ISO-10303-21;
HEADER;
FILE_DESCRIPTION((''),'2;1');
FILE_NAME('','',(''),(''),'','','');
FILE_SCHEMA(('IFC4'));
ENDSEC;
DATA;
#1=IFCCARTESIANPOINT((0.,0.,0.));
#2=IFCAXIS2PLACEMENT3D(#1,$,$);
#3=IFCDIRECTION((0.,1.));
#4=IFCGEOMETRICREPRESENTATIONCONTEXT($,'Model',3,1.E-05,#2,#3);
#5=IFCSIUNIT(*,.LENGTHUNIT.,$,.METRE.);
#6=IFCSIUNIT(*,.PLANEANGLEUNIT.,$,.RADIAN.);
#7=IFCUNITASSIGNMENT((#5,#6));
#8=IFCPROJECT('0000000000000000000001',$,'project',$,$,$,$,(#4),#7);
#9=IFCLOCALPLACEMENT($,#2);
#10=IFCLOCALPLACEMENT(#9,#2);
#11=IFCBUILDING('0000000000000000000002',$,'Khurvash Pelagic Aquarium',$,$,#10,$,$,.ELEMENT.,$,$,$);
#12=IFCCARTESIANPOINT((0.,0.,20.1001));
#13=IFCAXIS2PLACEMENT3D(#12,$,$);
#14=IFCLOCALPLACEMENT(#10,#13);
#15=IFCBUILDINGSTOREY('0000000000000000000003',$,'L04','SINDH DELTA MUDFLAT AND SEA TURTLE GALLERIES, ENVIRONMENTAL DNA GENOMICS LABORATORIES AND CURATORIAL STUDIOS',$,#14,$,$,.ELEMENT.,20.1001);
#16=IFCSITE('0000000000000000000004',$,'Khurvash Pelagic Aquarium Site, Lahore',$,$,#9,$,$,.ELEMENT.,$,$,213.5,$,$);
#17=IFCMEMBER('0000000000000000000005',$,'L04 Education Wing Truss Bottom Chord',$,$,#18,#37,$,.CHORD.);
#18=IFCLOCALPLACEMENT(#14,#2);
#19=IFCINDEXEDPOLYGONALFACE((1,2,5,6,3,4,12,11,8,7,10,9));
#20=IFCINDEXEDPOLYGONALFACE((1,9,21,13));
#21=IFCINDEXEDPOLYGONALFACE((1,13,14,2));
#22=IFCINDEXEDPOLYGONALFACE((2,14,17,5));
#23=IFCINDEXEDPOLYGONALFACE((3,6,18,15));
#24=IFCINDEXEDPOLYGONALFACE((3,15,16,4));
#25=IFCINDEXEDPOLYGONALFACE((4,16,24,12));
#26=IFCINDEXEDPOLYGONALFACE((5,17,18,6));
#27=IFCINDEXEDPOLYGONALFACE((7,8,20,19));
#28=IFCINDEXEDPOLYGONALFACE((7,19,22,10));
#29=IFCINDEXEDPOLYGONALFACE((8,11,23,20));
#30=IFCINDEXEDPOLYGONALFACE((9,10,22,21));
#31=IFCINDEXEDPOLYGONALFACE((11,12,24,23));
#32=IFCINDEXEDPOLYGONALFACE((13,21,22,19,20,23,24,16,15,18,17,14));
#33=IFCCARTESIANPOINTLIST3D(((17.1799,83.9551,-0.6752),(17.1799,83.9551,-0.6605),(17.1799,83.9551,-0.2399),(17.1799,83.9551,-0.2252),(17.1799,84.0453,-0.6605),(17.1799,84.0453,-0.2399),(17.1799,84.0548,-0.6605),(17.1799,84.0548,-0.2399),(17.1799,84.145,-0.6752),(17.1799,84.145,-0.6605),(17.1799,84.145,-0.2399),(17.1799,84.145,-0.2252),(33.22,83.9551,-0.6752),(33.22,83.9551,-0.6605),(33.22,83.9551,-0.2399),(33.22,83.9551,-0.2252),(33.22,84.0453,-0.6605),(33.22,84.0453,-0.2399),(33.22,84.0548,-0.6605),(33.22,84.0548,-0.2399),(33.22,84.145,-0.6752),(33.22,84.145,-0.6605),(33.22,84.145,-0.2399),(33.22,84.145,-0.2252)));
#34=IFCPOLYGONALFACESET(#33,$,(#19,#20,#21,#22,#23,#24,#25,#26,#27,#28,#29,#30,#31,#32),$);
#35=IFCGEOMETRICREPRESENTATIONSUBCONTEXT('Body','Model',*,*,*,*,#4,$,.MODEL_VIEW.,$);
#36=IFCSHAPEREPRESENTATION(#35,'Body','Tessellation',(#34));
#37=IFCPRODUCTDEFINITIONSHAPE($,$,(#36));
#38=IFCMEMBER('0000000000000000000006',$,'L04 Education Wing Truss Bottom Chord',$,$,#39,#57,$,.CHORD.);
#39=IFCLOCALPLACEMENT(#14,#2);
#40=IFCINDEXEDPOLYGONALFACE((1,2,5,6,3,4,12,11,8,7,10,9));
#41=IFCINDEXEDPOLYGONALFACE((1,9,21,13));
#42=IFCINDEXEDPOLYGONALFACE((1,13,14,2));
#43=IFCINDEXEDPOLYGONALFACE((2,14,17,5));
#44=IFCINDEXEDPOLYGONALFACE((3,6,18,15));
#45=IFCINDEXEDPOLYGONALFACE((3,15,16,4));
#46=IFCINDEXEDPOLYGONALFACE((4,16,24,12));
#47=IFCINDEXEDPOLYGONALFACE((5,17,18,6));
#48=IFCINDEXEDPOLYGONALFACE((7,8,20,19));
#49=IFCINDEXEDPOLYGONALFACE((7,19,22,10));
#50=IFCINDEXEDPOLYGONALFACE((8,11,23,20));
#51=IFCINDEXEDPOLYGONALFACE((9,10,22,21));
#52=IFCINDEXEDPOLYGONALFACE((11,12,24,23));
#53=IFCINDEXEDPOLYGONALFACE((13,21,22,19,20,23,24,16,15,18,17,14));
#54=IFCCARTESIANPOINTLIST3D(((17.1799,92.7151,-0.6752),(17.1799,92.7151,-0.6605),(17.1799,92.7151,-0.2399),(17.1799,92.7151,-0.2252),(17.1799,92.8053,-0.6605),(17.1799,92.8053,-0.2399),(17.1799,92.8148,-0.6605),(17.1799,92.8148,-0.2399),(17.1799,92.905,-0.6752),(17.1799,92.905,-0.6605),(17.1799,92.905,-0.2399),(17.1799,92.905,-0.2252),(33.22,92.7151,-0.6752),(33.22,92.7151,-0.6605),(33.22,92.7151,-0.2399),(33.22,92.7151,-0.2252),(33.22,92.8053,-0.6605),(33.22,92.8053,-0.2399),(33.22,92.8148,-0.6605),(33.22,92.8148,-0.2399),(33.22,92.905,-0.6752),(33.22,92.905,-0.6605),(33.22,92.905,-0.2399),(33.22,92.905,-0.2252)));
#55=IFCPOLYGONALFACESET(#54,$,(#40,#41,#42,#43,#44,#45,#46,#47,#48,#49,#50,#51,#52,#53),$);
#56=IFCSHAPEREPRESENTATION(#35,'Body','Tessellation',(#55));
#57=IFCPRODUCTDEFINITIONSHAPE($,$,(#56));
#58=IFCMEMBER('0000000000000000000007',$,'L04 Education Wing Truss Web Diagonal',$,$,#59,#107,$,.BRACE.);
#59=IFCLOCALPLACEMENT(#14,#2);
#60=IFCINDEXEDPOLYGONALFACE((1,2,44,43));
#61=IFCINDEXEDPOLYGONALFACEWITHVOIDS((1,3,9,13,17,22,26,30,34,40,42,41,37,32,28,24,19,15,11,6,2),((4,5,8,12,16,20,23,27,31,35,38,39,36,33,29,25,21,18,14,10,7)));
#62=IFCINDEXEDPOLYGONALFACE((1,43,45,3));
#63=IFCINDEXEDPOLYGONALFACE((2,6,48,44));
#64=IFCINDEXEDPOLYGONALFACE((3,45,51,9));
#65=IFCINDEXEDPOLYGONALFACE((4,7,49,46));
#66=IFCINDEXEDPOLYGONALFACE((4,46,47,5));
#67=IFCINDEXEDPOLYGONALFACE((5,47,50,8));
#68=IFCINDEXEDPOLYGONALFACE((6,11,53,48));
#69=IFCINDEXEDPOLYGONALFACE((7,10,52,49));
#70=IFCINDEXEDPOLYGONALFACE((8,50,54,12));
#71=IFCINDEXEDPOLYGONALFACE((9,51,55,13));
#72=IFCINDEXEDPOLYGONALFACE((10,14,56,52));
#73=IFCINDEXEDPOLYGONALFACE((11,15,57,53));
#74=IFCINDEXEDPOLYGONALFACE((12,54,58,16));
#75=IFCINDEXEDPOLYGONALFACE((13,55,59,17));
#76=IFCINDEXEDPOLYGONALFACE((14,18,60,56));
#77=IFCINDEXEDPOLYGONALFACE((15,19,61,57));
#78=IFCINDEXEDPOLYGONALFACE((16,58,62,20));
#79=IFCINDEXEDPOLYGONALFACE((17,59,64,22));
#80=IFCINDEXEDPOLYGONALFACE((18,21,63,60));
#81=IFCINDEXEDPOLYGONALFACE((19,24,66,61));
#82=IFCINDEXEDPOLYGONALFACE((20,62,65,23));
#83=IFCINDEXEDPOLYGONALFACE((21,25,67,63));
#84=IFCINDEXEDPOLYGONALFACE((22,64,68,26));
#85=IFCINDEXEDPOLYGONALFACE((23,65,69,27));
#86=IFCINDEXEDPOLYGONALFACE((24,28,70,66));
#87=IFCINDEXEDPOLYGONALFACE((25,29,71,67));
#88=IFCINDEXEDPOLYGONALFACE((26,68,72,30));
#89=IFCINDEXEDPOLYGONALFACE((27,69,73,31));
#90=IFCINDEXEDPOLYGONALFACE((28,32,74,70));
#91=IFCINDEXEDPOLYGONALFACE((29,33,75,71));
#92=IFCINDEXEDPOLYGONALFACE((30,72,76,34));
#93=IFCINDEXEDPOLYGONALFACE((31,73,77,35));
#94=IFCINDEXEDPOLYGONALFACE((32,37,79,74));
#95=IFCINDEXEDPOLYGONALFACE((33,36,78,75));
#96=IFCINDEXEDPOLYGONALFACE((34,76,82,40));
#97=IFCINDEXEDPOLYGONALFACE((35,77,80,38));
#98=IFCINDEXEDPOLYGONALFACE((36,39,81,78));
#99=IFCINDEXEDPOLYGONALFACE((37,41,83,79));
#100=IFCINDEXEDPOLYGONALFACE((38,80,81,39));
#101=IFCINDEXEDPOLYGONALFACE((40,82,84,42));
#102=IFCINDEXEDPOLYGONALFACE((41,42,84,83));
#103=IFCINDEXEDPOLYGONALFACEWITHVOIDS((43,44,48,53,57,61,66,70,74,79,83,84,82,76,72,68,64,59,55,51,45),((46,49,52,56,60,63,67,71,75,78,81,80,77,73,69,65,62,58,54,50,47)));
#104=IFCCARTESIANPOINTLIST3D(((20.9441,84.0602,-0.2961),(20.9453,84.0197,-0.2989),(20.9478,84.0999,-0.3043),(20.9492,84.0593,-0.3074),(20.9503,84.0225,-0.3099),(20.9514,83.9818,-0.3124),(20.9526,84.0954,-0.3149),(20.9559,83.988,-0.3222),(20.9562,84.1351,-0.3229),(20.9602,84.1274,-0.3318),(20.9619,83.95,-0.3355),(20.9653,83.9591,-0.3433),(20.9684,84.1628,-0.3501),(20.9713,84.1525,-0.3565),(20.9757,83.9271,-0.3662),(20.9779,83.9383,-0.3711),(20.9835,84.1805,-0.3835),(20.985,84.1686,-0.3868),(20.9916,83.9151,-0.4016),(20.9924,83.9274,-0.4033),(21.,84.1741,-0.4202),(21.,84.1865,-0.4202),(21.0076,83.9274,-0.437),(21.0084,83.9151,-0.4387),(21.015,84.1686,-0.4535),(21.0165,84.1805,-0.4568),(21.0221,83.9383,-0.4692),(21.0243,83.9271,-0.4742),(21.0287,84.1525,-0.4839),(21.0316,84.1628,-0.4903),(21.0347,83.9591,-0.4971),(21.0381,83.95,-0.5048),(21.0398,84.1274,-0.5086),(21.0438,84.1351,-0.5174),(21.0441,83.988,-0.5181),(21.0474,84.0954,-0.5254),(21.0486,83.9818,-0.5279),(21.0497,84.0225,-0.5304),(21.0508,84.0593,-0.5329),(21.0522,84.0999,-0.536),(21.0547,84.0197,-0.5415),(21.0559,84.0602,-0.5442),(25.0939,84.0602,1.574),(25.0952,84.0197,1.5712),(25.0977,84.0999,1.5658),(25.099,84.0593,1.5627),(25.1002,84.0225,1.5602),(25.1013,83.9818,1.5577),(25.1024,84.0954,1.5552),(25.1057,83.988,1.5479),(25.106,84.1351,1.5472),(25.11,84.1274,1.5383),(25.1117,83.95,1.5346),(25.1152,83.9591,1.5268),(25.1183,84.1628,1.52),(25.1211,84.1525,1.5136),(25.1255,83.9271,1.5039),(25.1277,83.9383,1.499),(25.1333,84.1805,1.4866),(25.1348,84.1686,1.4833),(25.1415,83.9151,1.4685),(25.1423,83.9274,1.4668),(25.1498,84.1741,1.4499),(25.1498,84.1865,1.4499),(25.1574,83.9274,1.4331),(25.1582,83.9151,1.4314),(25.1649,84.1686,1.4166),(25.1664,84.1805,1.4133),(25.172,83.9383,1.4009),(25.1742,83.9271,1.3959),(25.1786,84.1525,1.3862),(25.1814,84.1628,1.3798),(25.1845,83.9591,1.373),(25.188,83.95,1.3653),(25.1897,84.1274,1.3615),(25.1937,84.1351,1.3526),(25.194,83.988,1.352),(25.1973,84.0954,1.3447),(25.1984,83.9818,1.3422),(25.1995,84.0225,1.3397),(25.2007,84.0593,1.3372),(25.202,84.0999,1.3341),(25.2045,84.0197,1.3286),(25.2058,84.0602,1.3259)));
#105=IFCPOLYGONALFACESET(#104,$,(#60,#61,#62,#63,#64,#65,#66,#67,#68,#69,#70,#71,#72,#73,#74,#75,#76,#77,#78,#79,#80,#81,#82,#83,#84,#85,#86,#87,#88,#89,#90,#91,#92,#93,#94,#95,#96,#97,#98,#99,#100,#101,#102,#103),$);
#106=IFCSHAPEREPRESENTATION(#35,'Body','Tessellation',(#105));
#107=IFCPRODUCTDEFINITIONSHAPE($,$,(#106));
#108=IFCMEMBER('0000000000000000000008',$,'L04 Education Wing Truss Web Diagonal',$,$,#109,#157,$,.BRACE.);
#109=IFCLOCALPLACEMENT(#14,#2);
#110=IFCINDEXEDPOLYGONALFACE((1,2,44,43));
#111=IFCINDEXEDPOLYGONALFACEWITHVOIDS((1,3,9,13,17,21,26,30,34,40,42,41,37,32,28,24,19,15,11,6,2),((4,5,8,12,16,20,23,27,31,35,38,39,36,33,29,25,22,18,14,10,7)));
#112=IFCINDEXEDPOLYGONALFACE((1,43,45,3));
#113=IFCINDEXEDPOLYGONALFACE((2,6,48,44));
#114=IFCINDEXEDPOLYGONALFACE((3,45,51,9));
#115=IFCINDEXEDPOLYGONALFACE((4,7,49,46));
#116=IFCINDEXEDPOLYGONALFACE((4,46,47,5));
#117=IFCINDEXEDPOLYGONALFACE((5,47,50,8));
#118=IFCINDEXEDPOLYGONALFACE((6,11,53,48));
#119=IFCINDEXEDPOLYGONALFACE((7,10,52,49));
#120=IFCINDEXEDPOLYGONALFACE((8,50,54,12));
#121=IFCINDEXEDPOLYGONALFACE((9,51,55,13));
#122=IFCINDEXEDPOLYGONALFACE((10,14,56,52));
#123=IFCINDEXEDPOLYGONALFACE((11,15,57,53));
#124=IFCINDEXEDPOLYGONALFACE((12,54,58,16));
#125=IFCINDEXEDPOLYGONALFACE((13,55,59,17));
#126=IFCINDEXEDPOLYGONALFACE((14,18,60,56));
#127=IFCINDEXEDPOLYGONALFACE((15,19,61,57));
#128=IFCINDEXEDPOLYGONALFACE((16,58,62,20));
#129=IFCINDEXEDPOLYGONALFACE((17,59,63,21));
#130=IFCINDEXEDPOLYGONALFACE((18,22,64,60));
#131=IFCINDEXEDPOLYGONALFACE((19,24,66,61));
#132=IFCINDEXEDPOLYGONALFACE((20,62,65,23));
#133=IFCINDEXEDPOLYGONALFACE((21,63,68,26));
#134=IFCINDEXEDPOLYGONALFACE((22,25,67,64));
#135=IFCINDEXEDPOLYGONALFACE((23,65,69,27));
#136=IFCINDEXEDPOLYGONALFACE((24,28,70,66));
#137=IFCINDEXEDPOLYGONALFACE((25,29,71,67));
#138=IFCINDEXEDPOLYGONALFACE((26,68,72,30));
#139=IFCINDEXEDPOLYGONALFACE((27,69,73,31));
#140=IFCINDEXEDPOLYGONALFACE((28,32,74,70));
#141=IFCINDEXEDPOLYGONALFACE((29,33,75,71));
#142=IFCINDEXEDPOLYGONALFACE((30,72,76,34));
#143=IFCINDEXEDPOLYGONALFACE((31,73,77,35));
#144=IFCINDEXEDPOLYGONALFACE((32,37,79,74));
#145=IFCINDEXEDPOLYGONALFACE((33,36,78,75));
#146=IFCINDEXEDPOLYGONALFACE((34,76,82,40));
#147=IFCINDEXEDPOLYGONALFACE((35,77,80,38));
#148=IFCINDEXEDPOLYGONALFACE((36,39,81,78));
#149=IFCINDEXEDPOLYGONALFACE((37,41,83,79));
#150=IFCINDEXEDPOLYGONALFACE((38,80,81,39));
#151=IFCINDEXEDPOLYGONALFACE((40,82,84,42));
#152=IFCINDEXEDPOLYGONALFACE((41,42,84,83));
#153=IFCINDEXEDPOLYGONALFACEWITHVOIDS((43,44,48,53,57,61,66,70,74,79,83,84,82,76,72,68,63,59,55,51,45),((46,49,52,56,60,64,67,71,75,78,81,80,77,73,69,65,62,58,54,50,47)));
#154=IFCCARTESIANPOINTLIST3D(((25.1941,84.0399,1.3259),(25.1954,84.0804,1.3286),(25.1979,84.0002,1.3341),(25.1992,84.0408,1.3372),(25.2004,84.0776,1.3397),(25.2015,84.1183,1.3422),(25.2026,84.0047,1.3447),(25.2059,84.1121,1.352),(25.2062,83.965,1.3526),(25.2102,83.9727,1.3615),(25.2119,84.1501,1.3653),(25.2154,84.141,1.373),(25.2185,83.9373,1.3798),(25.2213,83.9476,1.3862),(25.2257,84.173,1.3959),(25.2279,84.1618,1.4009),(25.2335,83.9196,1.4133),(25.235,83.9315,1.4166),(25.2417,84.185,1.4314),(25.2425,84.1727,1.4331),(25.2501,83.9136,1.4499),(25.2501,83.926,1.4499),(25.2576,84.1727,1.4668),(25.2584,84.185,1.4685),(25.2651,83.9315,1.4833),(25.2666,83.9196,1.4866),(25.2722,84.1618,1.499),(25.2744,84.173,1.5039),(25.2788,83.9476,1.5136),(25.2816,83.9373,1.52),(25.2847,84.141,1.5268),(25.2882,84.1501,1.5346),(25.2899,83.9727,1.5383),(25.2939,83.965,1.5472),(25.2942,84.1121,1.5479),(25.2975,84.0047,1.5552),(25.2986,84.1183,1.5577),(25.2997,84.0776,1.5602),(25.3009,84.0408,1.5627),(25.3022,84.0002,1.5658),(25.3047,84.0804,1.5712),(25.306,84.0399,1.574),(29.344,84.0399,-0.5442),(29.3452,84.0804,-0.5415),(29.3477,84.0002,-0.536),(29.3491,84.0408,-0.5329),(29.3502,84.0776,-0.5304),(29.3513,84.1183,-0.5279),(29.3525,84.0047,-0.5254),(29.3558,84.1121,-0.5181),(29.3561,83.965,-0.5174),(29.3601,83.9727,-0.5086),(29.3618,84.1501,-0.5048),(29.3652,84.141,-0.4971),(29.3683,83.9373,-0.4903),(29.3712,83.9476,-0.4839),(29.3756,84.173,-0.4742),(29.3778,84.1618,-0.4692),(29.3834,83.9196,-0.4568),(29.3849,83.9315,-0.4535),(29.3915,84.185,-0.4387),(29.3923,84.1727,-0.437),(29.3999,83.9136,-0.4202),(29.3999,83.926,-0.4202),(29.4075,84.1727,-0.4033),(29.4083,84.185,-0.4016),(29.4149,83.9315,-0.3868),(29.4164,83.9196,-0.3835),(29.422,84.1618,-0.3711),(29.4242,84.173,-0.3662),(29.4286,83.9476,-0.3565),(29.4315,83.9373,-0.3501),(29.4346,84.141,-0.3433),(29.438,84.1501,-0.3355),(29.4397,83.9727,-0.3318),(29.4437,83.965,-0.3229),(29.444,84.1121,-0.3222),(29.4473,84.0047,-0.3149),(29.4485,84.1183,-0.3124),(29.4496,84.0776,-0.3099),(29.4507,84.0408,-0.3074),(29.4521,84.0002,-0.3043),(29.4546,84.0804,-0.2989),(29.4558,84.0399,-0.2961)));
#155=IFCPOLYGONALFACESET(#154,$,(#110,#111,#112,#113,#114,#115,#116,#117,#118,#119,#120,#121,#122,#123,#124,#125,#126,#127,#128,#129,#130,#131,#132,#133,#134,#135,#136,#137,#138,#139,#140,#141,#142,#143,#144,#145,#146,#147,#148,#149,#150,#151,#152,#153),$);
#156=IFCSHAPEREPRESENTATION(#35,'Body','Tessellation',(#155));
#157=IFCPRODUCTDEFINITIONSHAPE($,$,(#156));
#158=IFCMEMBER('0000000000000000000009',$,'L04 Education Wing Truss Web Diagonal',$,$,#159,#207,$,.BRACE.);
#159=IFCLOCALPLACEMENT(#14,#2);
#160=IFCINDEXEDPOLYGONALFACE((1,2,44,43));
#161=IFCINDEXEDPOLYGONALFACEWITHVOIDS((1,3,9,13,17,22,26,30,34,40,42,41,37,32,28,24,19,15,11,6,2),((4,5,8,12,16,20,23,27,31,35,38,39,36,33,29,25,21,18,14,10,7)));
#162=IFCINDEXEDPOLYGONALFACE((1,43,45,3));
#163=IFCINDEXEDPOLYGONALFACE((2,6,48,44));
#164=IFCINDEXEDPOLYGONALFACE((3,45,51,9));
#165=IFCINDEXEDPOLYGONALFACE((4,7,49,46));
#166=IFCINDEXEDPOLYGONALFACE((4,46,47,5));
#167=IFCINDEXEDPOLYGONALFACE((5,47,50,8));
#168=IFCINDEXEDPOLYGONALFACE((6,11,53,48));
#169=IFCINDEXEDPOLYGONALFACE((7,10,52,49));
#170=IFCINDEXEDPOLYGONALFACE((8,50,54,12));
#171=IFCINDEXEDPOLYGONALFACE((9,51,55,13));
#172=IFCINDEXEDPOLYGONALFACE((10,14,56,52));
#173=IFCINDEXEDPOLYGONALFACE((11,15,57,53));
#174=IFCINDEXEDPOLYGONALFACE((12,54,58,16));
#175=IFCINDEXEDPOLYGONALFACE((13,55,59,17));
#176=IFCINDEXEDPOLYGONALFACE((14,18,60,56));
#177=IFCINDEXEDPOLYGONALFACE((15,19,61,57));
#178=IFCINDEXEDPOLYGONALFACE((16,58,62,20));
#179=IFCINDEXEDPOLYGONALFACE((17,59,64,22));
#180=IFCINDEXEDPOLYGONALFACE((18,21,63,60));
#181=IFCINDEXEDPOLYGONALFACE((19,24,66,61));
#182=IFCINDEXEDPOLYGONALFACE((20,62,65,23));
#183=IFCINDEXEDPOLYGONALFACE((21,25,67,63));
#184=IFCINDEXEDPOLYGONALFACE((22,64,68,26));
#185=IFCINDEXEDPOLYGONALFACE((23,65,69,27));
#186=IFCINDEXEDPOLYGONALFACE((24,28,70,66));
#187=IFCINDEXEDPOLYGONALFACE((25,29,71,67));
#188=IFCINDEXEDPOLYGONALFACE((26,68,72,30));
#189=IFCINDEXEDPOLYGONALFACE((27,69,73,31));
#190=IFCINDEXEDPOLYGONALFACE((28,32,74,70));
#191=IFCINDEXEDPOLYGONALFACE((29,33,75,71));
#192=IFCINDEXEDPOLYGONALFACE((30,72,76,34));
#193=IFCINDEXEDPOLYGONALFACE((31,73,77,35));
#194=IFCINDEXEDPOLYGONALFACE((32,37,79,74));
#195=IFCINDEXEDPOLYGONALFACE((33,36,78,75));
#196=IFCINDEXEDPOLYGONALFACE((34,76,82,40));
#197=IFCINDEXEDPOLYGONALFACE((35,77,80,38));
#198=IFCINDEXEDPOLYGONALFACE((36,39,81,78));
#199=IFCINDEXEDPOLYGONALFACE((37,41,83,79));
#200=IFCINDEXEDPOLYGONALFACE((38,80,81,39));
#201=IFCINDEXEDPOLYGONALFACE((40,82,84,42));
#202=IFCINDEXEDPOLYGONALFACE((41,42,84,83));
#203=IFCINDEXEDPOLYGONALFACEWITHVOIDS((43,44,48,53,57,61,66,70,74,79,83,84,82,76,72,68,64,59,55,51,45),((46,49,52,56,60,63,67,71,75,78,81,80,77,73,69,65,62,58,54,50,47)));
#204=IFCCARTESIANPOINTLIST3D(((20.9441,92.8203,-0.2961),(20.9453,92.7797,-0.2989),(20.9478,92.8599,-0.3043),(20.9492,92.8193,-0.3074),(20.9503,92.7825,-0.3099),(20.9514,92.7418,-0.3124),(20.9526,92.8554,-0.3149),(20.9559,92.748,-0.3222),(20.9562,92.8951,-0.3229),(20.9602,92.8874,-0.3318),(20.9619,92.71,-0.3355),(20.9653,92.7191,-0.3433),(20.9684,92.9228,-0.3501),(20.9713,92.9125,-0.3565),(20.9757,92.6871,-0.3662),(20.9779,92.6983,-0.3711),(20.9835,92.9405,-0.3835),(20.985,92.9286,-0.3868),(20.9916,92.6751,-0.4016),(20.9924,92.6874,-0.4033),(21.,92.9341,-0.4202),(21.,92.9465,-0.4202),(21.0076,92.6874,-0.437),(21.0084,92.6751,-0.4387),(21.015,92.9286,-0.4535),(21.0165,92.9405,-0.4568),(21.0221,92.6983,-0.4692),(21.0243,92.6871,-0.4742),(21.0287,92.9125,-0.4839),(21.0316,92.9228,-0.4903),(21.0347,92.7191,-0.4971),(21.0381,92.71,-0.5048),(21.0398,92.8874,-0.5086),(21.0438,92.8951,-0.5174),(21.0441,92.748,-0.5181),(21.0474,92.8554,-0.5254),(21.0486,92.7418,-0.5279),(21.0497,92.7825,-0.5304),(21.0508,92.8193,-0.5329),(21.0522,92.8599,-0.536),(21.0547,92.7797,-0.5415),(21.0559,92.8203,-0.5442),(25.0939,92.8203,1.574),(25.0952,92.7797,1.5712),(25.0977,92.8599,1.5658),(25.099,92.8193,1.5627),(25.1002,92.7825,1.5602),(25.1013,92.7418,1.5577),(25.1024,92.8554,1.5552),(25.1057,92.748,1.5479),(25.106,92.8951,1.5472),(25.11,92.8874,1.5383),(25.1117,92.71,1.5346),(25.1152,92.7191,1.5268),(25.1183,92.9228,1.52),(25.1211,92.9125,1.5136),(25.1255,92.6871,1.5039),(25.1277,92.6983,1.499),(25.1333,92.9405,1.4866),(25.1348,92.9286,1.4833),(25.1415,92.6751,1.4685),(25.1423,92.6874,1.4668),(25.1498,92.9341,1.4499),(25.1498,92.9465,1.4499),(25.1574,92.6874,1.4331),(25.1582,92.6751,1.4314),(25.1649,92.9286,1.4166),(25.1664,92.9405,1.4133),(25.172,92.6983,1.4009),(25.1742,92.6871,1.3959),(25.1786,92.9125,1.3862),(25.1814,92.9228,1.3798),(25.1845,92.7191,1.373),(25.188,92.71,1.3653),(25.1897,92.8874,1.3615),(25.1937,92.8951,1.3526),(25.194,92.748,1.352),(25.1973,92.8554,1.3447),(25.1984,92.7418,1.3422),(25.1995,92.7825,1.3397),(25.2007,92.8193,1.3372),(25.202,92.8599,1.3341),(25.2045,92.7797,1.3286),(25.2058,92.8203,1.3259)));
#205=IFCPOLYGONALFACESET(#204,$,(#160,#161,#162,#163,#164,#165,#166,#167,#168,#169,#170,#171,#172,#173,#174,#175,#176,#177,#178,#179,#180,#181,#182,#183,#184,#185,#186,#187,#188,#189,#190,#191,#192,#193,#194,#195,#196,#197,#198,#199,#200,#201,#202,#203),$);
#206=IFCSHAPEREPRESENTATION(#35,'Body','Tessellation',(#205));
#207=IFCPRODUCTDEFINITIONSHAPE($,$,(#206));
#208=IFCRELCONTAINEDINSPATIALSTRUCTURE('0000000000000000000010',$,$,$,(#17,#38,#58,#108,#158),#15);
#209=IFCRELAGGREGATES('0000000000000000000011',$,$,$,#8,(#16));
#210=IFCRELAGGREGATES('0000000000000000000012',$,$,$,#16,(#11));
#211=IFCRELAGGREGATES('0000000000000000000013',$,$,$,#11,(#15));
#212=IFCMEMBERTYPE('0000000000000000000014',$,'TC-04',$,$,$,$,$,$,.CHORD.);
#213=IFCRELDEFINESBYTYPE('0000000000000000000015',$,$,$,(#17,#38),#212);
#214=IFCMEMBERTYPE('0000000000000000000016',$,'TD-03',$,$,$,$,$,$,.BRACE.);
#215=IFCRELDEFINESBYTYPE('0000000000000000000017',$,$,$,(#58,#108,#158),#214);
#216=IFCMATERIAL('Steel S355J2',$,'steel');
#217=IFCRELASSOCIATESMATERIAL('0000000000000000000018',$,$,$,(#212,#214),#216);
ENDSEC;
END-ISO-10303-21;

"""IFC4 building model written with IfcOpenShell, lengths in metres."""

from ifc_helpers import new_model, si_unit, direction, frame, origin, origin_2d, place, context, subcontext, project, spatial, hollow_circle, i_section, extrude, material, material_profile, profile_set, type_object, element, save


model = new_model("IFC4")

# Units and contexts
model_context = context("Model", 3, precision=1e-05, world=origin(), true_north=direction((0.0, 1.0)))
body_context = subcontext(model_context, "Body", "Model", "MODEL_VIEW")
ifc_project = project(units=[si_unit("LENGTHUNIT", "METRE"), si_unit("PLANEANGLEUNIT", "RADIAN")], contexts=[model_context])

# Site, building, storey
site_placement = place(None, origin())
site = spatial("IfcSite", under=ifc_project, at=site_placement, Name="Khurvash Pelagic Aquarium Site, Lahore", CompositionType="ELEMENT", RefElevation=213.5)
building_placement = place(site_placement, origin())
building = spatial("IfcBuilding", under=site, at=building_placement, Name="Khurvash Pelagic Aquarium", CompositionType="ELEMENT")
storey_placement = place(building_placement, frame((0.0, 0.0, 20.1001)))
storey = spatial("IfcBuildingStorey", under=building, at=storey_placement, Name="L04", Description="SINDH DELTA MUDFLAT AND SEA TURTLE GALLERIES, ENVIRONMENTAL DNA GENOMICS LABORATORIES AND CURATORIAL STUDIOS", CompositionType="ELEMENT", Elevation=20.1001)

# Members
ifc_material_1 = material(Name="Steel S355J2", Category="steel")
ifc_material_profile_1 = material_profile(ifc_material_1, i_section(OverallWidth=0.1899, OverallDepth=0.45, WebThickness=0.0095, FlangeThickness=0.0146, at=origin_2d()), Name="IPE450")
ifc_profile_set_1 = profile_set([ifc_material_profile_1], Name="Steel S355J2")
member_type_1 = type_object("IfcMemberType", Name="TC-04", PredefinedType="CHORD", material=ifc_profile_set_1)
for number, where, z_axis, x_axis, name in (
    (1, (17.1799, 84.05, -0.4502), (1.0, 0.0, 0.0), (0.0, 1.0, 0.0), "L04 Education Wing Truss Bottom Chord"),
    (2, (17.1799, 92.8101, -0.4502), (1.0, 0.0, 0.0), (0.0, 1.0, 0.0), "L04 Education Wing Truss Bottom Chord"),
):
    element("IfcMember", number, at=place(storey_placement, frame(where, z_axis=z_axis, x_axis=x_axis)), inside=storey, type_object=member_type_1, Name=name, PredefinedType="CHORD", context=body_context, shape_type="SweptSolid", body=[
        extrude(i_section(OverallWidth=0.1899, OverallDepth=0.45, WebThickness=0.0095, FlangeThickness=0.0146, at=origin_2d()), origin(), (0.0, 0.0, 1.0), 16.04),
    ])
ifc_material_profile_2 = material_profile(ifc_material_1, hollow_circle(Radius=0.1365, WallThickness=0.0125, at=origin_2d()), Name="CHS273X12")
ifc_profile_set_2 = profile_set([ifc_material_profile_2], Name="Steel S355J2")
member_type_2 = type_object("IfcMemberType", Name="TD-03", PredefinedType="BRACE", material=ifc_profile_set_2)
for number, where, z_axis, x_axis, name in (
    (3, (21.0, 84.05, -0.4202), (0.911703, 0.0, 0.410851), (0.0, 1.0, 0.0), "L04 Education Wing Truss Web Diagonal"),
    (4, (29.3999, 84.05, -0.4202), (-0.911703, 0.0, 0.410851), (0.0, -1.0, 0.0), "L04 Education Wing Truss Web Diagonal"),
    (5, (21.0, 92.8101, -0.4202), (0.911703, 0.0, 0.410851), (0.0, 1.0, 0.0), "L04 Education Wing Truss Web Diagonal"),
):
    element("IfcMember", number, at=place(storey_placement, frame(where, z_axis=z_axis, x_axis=x_axis)), inside=storey, type_object=member_type_2, Name=name, PredefinedType="BRACE", context=body_context, shape_type="SweptSolid", body=[
        extrude(hollow_circle(Radius=0.1365, WallThickness=0.0125, at=origin_2d()), origin(), (0.0, 0.0, 1.0), 4.5518),
    ])

save(model, "model.ifc")
